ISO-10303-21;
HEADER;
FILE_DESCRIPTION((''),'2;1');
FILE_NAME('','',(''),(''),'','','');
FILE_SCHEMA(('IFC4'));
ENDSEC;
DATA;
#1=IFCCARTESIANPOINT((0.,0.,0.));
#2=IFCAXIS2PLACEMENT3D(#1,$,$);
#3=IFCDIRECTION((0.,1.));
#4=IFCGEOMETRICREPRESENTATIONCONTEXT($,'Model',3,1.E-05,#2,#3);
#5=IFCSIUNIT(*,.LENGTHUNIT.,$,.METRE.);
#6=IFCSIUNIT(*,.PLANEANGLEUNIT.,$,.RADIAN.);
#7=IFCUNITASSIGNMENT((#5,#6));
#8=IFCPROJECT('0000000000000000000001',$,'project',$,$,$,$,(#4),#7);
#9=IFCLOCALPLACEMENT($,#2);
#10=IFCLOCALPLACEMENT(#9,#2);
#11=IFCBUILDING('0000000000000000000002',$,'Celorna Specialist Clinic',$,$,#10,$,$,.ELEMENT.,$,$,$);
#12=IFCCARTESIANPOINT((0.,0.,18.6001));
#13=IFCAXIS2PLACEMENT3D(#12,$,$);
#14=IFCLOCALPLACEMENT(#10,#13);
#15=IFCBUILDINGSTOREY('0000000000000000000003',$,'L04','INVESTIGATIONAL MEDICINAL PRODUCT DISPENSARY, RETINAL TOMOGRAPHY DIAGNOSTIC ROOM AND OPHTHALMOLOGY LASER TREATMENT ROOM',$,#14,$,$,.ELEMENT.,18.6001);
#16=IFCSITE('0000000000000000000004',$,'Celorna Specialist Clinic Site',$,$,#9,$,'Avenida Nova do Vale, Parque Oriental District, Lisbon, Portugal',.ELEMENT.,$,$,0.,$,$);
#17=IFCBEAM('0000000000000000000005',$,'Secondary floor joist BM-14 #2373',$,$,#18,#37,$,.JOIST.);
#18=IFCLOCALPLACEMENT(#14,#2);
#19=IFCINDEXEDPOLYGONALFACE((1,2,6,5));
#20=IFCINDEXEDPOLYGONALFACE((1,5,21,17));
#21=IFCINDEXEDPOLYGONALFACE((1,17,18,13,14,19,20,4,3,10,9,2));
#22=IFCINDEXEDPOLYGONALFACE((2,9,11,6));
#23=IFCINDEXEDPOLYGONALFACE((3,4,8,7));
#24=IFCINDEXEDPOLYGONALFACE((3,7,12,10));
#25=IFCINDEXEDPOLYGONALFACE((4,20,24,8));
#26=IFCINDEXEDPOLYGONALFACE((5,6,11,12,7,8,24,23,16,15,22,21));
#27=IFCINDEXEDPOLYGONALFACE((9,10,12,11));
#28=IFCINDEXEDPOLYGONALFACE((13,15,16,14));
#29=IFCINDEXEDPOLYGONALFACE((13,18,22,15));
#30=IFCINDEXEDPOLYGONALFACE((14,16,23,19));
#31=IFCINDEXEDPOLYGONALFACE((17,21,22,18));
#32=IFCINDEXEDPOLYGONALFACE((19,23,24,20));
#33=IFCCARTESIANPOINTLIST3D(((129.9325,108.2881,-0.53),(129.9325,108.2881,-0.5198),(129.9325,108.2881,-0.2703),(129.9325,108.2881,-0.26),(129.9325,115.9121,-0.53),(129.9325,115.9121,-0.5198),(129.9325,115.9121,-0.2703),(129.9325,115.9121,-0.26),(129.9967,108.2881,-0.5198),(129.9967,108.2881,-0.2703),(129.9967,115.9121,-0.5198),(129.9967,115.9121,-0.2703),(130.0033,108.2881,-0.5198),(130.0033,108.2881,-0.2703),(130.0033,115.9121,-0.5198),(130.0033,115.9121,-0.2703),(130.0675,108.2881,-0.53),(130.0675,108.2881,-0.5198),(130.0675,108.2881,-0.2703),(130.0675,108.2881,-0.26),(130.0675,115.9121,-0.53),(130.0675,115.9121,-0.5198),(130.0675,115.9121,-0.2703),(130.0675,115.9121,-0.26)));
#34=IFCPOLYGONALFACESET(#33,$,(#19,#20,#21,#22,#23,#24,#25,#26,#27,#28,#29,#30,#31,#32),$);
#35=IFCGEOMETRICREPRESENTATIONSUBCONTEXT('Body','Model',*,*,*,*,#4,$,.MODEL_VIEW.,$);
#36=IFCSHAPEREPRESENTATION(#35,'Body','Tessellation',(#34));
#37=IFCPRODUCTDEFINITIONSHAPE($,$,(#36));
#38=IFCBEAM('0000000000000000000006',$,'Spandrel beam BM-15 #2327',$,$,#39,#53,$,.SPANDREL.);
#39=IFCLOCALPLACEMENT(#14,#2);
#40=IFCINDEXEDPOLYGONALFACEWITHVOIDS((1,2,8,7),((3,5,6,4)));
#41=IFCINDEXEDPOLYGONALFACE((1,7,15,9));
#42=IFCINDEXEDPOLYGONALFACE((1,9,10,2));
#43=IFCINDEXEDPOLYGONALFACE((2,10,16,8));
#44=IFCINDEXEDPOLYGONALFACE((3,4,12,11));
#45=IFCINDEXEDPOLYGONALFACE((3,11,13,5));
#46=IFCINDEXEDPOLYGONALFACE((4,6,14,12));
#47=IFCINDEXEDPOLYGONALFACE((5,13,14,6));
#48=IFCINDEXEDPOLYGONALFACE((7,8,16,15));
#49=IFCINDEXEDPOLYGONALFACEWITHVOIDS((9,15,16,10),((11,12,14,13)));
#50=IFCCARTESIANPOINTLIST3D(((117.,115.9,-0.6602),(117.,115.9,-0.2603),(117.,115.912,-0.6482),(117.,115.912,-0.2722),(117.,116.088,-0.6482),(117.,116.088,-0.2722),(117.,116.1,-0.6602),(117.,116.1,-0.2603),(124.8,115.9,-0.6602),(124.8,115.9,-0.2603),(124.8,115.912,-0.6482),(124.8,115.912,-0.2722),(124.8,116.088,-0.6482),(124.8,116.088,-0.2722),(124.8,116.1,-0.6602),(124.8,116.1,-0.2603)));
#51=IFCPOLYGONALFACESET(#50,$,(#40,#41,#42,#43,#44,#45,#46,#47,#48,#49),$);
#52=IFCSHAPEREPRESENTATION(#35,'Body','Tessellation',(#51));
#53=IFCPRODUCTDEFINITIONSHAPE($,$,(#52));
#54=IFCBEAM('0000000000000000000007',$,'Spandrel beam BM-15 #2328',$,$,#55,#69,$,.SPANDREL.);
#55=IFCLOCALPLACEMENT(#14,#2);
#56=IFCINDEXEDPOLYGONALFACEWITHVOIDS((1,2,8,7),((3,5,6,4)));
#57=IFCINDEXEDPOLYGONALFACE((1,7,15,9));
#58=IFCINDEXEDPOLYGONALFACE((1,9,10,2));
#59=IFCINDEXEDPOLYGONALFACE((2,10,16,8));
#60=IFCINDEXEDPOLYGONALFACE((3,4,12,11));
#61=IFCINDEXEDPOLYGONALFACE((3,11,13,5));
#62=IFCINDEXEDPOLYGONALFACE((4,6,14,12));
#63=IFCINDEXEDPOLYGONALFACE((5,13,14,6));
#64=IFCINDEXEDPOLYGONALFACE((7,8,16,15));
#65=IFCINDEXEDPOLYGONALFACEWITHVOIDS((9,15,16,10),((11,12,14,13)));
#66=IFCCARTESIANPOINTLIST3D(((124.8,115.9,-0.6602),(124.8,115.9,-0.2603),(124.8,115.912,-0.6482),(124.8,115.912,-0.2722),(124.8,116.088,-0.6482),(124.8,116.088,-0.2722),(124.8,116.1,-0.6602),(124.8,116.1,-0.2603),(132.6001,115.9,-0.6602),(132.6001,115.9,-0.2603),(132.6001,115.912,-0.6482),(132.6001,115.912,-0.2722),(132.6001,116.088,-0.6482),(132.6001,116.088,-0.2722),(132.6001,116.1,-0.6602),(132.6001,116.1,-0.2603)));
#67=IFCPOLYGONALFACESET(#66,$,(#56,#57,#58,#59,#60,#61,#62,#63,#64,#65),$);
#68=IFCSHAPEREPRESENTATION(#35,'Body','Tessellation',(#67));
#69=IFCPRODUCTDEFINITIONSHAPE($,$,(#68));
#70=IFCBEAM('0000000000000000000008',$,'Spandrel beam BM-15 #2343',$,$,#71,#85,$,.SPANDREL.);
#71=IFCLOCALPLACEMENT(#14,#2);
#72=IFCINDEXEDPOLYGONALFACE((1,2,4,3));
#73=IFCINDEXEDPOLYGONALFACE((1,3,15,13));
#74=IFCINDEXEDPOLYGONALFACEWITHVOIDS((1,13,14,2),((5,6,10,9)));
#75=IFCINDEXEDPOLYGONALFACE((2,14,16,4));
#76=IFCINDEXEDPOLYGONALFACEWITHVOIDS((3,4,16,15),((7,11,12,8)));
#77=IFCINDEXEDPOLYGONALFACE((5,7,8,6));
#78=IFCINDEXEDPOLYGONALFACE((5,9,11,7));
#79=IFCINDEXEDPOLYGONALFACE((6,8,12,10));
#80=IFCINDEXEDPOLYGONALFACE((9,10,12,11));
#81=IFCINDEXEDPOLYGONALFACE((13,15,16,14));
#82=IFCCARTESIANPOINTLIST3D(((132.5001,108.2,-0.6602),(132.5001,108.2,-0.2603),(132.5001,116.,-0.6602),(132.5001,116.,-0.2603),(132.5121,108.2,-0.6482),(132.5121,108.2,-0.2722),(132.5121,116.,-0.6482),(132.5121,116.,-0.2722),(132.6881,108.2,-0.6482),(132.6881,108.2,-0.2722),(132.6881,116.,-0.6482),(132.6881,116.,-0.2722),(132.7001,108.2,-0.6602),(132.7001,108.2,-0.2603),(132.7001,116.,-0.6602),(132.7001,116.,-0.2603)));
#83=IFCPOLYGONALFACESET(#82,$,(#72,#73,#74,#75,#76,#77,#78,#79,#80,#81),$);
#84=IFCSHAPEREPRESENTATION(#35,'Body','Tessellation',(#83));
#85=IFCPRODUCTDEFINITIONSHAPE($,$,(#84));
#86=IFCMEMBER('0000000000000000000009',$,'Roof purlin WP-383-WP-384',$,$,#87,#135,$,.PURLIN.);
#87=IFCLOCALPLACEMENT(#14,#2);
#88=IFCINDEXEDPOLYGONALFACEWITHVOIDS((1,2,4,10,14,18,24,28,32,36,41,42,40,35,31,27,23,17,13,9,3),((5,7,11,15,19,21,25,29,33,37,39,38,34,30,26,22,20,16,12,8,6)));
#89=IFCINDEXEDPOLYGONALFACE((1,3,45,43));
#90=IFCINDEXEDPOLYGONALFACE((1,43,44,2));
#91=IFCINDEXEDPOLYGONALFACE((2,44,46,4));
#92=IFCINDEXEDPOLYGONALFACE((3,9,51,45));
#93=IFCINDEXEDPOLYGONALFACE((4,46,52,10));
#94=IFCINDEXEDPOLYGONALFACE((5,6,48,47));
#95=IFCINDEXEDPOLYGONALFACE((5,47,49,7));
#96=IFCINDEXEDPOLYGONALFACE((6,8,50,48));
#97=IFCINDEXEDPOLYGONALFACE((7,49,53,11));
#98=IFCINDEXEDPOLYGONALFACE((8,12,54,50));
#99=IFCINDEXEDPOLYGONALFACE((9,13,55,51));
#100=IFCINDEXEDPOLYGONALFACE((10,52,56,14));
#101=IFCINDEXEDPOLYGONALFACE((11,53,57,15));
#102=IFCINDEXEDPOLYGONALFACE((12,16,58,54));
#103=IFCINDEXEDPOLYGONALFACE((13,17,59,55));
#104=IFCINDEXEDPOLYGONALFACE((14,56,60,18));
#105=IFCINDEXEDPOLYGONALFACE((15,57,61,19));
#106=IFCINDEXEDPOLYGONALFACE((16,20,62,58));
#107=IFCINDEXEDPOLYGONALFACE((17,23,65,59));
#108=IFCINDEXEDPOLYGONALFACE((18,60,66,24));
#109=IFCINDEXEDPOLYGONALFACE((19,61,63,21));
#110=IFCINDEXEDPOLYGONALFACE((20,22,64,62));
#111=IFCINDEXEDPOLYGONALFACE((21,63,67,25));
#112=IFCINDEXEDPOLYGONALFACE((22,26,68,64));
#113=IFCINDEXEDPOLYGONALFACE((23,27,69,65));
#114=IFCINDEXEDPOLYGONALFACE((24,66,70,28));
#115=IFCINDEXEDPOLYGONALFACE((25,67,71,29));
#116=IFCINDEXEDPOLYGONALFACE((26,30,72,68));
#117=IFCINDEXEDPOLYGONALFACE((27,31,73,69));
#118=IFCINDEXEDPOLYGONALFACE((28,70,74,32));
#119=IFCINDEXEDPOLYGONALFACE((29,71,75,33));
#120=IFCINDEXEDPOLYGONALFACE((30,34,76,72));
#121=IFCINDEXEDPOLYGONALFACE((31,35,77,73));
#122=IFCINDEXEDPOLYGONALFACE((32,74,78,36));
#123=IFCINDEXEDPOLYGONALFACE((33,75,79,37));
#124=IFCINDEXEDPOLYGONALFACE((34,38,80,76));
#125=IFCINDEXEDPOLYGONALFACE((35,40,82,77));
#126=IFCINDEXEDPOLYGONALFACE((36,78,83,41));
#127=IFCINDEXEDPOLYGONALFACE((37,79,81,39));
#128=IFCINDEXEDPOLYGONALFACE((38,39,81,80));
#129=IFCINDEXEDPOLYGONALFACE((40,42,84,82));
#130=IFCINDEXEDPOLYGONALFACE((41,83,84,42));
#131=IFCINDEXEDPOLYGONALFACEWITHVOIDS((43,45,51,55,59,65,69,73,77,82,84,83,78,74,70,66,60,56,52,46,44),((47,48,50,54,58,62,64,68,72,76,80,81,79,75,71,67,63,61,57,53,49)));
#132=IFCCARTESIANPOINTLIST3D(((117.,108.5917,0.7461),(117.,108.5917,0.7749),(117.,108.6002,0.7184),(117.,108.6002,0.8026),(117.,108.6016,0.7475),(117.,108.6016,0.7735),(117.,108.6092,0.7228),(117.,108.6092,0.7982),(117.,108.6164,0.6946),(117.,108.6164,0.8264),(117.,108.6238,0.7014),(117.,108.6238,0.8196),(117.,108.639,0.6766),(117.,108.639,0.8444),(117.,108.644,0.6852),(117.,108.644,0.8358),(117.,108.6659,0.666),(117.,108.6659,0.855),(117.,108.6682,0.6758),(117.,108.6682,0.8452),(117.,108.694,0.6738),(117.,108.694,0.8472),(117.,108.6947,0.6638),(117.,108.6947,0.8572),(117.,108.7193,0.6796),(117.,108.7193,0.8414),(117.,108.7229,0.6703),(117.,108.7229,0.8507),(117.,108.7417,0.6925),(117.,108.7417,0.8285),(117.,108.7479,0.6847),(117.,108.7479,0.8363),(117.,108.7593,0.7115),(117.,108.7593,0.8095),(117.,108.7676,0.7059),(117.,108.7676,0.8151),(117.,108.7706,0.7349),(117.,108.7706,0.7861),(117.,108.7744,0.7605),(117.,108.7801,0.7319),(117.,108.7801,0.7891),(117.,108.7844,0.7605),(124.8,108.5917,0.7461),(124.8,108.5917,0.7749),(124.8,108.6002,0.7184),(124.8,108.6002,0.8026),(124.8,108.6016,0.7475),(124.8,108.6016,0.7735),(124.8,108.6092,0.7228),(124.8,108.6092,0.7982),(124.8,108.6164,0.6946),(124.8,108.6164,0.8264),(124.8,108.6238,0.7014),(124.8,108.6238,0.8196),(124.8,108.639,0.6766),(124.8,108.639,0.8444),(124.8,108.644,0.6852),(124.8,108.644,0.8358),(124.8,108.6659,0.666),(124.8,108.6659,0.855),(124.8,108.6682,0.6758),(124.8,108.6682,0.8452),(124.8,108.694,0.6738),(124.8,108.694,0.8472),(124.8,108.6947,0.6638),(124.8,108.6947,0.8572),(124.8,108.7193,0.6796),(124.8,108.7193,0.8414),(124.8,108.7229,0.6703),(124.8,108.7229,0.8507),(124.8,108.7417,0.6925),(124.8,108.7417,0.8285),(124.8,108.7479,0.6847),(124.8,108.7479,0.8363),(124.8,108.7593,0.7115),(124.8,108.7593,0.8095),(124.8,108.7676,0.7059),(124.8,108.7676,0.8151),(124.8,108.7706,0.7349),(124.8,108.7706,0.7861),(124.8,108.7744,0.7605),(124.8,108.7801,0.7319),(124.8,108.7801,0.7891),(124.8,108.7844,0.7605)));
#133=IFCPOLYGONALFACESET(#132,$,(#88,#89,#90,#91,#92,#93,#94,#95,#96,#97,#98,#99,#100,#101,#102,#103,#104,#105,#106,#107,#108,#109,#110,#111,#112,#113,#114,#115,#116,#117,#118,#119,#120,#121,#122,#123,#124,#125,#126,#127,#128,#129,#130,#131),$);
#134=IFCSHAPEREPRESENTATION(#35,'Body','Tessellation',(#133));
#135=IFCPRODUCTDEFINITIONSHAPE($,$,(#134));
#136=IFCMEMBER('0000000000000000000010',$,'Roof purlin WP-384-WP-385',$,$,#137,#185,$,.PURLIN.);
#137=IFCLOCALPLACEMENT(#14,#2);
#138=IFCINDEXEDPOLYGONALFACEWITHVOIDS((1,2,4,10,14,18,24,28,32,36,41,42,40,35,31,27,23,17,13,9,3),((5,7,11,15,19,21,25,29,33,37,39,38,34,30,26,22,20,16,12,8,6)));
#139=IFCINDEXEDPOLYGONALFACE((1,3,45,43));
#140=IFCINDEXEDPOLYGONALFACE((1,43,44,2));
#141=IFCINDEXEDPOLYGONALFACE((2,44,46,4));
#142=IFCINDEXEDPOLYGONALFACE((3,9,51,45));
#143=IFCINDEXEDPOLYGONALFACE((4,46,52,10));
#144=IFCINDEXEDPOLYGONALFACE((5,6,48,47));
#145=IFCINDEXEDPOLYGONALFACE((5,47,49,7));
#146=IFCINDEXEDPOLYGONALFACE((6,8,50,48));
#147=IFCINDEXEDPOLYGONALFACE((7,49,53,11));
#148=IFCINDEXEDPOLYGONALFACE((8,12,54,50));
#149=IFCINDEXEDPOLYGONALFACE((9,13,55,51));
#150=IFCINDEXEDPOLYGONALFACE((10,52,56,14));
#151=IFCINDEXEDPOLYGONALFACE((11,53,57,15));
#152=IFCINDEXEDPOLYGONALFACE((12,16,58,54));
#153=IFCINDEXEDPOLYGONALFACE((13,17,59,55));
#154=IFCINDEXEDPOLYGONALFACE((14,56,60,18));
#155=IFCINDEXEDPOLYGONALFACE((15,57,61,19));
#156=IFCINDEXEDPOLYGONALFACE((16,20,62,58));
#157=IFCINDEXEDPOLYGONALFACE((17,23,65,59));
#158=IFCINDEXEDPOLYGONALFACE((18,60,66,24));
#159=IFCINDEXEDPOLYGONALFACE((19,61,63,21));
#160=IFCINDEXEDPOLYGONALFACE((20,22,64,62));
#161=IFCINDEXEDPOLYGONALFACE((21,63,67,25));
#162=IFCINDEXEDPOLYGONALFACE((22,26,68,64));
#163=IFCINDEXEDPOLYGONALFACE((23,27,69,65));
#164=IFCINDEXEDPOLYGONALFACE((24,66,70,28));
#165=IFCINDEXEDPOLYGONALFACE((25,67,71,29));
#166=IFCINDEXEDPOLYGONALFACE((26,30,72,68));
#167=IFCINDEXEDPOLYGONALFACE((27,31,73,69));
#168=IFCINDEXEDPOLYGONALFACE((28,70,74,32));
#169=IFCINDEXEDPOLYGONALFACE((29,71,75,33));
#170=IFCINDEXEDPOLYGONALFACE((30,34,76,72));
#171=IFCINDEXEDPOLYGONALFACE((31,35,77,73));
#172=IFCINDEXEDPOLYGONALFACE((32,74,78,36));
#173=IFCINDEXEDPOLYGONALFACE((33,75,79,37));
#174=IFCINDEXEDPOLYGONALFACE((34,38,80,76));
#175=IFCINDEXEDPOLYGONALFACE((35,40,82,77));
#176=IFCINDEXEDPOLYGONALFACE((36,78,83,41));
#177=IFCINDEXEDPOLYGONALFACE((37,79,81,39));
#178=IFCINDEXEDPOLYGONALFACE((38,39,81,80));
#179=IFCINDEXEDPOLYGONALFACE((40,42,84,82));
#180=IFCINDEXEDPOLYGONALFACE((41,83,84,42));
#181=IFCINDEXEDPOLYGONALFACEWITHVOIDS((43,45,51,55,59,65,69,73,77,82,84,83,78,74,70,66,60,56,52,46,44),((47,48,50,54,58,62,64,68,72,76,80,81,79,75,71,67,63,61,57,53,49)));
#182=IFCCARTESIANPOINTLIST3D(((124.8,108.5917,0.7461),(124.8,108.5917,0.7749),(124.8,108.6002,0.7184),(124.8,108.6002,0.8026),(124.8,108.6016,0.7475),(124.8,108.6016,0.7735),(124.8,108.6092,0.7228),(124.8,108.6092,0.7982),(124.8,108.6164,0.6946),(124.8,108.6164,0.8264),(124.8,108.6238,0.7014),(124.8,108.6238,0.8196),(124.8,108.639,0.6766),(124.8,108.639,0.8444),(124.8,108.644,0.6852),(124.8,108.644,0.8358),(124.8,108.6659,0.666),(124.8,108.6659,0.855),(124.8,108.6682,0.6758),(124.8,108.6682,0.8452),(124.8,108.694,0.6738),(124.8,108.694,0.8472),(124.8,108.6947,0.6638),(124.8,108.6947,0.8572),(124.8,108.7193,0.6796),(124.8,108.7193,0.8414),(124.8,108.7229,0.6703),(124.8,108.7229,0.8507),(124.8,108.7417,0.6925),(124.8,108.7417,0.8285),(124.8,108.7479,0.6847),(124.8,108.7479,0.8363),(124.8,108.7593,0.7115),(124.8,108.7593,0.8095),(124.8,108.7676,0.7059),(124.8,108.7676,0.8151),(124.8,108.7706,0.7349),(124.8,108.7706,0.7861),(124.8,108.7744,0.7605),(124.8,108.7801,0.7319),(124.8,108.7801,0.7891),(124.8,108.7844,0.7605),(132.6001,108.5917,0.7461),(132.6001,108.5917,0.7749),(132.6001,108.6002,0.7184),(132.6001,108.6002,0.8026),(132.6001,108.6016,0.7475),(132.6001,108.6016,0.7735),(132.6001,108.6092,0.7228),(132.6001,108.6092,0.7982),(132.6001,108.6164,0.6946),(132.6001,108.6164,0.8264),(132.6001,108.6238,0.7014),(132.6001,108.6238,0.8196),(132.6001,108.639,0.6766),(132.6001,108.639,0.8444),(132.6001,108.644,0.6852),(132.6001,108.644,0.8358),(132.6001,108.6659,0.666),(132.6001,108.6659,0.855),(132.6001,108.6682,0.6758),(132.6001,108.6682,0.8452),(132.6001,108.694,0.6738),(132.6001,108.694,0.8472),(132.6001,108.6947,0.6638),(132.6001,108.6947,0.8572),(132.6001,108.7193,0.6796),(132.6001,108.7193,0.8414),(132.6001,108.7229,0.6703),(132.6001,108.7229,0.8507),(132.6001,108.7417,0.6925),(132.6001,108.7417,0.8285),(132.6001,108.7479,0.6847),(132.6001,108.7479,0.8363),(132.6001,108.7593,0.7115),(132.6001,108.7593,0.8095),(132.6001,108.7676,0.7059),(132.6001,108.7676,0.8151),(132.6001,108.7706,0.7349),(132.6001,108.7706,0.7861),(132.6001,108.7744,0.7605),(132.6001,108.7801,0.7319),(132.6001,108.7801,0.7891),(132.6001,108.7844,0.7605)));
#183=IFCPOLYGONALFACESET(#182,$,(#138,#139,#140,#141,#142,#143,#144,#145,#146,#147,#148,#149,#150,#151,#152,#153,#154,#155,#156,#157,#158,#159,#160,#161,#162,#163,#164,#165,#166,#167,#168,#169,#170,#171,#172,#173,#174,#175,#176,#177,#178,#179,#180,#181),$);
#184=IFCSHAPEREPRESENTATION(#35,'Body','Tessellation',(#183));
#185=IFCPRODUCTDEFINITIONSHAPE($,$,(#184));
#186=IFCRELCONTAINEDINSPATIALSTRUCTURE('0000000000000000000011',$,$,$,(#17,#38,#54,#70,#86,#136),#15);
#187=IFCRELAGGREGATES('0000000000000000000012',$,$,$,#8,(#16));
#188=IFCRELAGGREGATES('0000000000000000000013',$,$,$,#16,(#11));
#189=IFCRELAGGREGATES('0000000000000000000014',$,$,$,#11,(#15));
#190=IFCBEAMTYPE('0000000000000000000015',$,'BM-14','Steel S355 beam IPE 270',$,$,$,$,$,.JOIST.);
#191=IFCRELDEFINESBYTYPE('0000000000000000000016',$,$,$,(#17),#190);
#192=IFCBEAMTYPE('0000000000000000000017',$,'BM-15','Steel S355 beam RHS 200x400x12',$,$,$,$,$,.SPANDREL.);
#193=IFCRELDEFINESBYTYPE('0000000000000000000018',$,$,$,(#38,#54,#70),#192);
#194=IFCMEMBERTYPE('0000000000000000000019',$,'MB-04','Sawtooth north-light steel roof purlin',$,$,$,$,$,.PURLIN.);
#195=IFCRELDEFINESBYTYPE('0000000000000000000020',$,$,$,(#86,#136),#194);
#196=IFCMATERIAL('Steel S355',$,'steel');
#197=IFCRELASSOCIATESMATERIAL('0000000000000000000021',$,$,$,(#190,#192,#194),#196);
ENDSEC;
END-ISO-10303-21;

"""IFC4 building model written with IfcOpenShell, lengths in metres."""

from ifc_helpers import new_model, si_unit, direction, frame, origin, origin_2d, place, context, subcontext, project, spatial, hollow_rectangle, hollow_circle, i_section, extrude, material, material_profile, profile_set, type_object, element, save


model = new_model("IFC4")

# Units and contexts
model_context = context("Model", 3, precision=1e-05, world=origin(), true_north=direction((0.0, 1.0)))
body_context = subcontext(model_context, "Body", "Model", "MODEL_VIEW")
ifc_project = project(units=[si_unit("LENGTHUNIT", "METRE"), si_unit("PLANEANGLEUNIT", "RADIAN")], contexts=[model_context])

# Site, building, storey
site_placement = place(None, origin())
site = spatial("IfcSite", under=ifc_project, at=site_placement, Name="Celorna Specialist Clinic Site", LongName="Avenida Nova do Vale, Parque Oriental District, Lisbon, Portugal", CompositionType="ELEMENT", RefElevation=0.0)
building_placement = place(site_placement, origin())
building = spatial("IfcBuilding", under=site, at=building_placement, Name="Celorna Specialist Clinic", CompositionType="ELEMENT")
storey_placement = place(building_placement, frame((0.0, 0.0, 18.6001)))
storey = spatial("IfcBuildingStorey", under=building, at=storey_placement, Name="L04", Description="INVESTIGATIONAL MEDICINAL PRODUCT DISPENSARY, RETINAL TOMOGRAPHY DIAGNOSTIC ROOM AND OPHTHALMOLOGY LASER TREATMENT ROOM", CompositionType="ELEMENT", Elevation=18.6001)

# Beams
ifc_material_1 = material(Name="Steel S355", Category="steel")
ifc_material_profile_1 = material_profile(ifc_material_1, i_section(OverallWidth=0.135, OverallDepth=0.27, WebThickness=0.0066, FlangeThickness=0.0103, at=origin_2d()), Name="IPE 270")
ifc_profile_set_1 = profile_set([ifc_material_profile_1], Name="Steel S355")
beam_type_1 = type_object("IfcBeamType", Name="BM-14", Description="Steel S355 beam IPE 270", PredefinedType="JOIST", material=ifc_profile_set_1)
for number, where, z_axis, x_axis, name in (
    (1, (130.0, 108.2881, -0.395), (0.0, 1.0, 0.0), (-1.0, 0.0, 0.0), "Secondary floor joist BM-14 #2373"),
):
    element("IfcBeam", number, at=place(storey_placement, frame(where, z_axis=z_axis, x_axis=x_axis)), inside=storey, type_object=beam_type_1, Name=name, PredefinedType="JOIST", context=body_context, shape_type="SweptSolid", body=[
        extrude(i_section(OverallWidth=0.135, OverallDepth=0.27, WebThickness=0.0066, FlangeThickness=0.0103, at=origin_2d()), origin(), (0.0, 0.0, 1.0), 7.624),
    ])
ifc_material_profile_2 = material_profile(ifc_material_1, hollow_rectangle(XDim=0.2, YDim=0.3999, WallThickness=0.012, at=origin_2d()), Name="RHS 200x400x12")
ifc_profile_set_2 = profile_set([ifc_material_profile_2], Name="Steel S355")
beam_type_2 = type_object("IfcBeamType", Name="BM-15", Description="Steel S355 beam RHS 200x400x12", PredefinedType="SPANDREL", material=ifc_profile_set_2)
for number, where, z_axis, x_axis, name in (
    (2, (117.0, 116.0, -0.4602), (1.0, 0.0, 0.0), (0.0, 1.0, 0.0), "Spandrel beam BM-15 #2327"),
    (3, (124.8, 116.0, -0.4602), (1.0, 0.0, 0.0), (0.0, 1.0, 0.0), "Spandrel beam BM-15 #2328"),
    (4, (132.6001, 108.2, -0.4602), (0.0, 1.0, 0.0), (-1.0, 0.0, 0.0), "Spandrel beam BM-15 #2343"),
):
    element("IfcBeam", number, at=place(storey_placement, frame(where, z_axis=z_axis, x_axis=x_axis)), inside=storey, type_object=beam_type_2, Name=name, PredefinedType="SPANDREL", context=body_context, shape_type="SweptSolid", body=[
        extrude(hollow_rectangle(XDim=0.2, YDim=0.3999, WallThickness=0.012, at=origin_2d()), origin(), (0.0, 0.0, 1.0), 7.8),
    ])

# Members
ifc_material_profile_3 = material_profile(ifc_material_1, hollow_circle(Radius=0.0969, WallThickness=0.01, at=origin_2d()), Name="CHS 193.7x10")
ifc_profile_set_3 = profile_set([ifc_material_profile_3], Name="Steel S355")
member_type_1 = type_object("IfcMemberType", Name="MB-04", Description="Sawtooth north-light steel roof purlin", PredefinedType="PURLIN", material=ifc_profile_set_3)
for number, where, z_axis, x_axis, name in (
    (5, (117.0, 108.6875, 0.7605), (1.0, 0.0, 0.0), (0.0, 1.0, 0.0), "Roof purlin WP-383-WP-384"),
    (6, (124.8, 108.6875, 0.7605), (1.0, 0.0, 0.0), (0.0, 1.0, 0.0), "Roof purlin WP-384-WP-385"),
):
    element("IfcMember", number, at=place(storey_placement, frame(where, z_axis=z_axis, x_axis=x_axis)), inside=storey, type_object=member_type_1, Name=name, PredefinedType="PURLIN", context=body_context, shape_type="SweptSolid", body=[
        extrude(hollow_circle(Radius=0.0969, WallThickness=0.01, at=origin_2d()), origin(), (0.0, 0.0, 1.0), 7.8),
    ])

save(model, "model.ifc")
